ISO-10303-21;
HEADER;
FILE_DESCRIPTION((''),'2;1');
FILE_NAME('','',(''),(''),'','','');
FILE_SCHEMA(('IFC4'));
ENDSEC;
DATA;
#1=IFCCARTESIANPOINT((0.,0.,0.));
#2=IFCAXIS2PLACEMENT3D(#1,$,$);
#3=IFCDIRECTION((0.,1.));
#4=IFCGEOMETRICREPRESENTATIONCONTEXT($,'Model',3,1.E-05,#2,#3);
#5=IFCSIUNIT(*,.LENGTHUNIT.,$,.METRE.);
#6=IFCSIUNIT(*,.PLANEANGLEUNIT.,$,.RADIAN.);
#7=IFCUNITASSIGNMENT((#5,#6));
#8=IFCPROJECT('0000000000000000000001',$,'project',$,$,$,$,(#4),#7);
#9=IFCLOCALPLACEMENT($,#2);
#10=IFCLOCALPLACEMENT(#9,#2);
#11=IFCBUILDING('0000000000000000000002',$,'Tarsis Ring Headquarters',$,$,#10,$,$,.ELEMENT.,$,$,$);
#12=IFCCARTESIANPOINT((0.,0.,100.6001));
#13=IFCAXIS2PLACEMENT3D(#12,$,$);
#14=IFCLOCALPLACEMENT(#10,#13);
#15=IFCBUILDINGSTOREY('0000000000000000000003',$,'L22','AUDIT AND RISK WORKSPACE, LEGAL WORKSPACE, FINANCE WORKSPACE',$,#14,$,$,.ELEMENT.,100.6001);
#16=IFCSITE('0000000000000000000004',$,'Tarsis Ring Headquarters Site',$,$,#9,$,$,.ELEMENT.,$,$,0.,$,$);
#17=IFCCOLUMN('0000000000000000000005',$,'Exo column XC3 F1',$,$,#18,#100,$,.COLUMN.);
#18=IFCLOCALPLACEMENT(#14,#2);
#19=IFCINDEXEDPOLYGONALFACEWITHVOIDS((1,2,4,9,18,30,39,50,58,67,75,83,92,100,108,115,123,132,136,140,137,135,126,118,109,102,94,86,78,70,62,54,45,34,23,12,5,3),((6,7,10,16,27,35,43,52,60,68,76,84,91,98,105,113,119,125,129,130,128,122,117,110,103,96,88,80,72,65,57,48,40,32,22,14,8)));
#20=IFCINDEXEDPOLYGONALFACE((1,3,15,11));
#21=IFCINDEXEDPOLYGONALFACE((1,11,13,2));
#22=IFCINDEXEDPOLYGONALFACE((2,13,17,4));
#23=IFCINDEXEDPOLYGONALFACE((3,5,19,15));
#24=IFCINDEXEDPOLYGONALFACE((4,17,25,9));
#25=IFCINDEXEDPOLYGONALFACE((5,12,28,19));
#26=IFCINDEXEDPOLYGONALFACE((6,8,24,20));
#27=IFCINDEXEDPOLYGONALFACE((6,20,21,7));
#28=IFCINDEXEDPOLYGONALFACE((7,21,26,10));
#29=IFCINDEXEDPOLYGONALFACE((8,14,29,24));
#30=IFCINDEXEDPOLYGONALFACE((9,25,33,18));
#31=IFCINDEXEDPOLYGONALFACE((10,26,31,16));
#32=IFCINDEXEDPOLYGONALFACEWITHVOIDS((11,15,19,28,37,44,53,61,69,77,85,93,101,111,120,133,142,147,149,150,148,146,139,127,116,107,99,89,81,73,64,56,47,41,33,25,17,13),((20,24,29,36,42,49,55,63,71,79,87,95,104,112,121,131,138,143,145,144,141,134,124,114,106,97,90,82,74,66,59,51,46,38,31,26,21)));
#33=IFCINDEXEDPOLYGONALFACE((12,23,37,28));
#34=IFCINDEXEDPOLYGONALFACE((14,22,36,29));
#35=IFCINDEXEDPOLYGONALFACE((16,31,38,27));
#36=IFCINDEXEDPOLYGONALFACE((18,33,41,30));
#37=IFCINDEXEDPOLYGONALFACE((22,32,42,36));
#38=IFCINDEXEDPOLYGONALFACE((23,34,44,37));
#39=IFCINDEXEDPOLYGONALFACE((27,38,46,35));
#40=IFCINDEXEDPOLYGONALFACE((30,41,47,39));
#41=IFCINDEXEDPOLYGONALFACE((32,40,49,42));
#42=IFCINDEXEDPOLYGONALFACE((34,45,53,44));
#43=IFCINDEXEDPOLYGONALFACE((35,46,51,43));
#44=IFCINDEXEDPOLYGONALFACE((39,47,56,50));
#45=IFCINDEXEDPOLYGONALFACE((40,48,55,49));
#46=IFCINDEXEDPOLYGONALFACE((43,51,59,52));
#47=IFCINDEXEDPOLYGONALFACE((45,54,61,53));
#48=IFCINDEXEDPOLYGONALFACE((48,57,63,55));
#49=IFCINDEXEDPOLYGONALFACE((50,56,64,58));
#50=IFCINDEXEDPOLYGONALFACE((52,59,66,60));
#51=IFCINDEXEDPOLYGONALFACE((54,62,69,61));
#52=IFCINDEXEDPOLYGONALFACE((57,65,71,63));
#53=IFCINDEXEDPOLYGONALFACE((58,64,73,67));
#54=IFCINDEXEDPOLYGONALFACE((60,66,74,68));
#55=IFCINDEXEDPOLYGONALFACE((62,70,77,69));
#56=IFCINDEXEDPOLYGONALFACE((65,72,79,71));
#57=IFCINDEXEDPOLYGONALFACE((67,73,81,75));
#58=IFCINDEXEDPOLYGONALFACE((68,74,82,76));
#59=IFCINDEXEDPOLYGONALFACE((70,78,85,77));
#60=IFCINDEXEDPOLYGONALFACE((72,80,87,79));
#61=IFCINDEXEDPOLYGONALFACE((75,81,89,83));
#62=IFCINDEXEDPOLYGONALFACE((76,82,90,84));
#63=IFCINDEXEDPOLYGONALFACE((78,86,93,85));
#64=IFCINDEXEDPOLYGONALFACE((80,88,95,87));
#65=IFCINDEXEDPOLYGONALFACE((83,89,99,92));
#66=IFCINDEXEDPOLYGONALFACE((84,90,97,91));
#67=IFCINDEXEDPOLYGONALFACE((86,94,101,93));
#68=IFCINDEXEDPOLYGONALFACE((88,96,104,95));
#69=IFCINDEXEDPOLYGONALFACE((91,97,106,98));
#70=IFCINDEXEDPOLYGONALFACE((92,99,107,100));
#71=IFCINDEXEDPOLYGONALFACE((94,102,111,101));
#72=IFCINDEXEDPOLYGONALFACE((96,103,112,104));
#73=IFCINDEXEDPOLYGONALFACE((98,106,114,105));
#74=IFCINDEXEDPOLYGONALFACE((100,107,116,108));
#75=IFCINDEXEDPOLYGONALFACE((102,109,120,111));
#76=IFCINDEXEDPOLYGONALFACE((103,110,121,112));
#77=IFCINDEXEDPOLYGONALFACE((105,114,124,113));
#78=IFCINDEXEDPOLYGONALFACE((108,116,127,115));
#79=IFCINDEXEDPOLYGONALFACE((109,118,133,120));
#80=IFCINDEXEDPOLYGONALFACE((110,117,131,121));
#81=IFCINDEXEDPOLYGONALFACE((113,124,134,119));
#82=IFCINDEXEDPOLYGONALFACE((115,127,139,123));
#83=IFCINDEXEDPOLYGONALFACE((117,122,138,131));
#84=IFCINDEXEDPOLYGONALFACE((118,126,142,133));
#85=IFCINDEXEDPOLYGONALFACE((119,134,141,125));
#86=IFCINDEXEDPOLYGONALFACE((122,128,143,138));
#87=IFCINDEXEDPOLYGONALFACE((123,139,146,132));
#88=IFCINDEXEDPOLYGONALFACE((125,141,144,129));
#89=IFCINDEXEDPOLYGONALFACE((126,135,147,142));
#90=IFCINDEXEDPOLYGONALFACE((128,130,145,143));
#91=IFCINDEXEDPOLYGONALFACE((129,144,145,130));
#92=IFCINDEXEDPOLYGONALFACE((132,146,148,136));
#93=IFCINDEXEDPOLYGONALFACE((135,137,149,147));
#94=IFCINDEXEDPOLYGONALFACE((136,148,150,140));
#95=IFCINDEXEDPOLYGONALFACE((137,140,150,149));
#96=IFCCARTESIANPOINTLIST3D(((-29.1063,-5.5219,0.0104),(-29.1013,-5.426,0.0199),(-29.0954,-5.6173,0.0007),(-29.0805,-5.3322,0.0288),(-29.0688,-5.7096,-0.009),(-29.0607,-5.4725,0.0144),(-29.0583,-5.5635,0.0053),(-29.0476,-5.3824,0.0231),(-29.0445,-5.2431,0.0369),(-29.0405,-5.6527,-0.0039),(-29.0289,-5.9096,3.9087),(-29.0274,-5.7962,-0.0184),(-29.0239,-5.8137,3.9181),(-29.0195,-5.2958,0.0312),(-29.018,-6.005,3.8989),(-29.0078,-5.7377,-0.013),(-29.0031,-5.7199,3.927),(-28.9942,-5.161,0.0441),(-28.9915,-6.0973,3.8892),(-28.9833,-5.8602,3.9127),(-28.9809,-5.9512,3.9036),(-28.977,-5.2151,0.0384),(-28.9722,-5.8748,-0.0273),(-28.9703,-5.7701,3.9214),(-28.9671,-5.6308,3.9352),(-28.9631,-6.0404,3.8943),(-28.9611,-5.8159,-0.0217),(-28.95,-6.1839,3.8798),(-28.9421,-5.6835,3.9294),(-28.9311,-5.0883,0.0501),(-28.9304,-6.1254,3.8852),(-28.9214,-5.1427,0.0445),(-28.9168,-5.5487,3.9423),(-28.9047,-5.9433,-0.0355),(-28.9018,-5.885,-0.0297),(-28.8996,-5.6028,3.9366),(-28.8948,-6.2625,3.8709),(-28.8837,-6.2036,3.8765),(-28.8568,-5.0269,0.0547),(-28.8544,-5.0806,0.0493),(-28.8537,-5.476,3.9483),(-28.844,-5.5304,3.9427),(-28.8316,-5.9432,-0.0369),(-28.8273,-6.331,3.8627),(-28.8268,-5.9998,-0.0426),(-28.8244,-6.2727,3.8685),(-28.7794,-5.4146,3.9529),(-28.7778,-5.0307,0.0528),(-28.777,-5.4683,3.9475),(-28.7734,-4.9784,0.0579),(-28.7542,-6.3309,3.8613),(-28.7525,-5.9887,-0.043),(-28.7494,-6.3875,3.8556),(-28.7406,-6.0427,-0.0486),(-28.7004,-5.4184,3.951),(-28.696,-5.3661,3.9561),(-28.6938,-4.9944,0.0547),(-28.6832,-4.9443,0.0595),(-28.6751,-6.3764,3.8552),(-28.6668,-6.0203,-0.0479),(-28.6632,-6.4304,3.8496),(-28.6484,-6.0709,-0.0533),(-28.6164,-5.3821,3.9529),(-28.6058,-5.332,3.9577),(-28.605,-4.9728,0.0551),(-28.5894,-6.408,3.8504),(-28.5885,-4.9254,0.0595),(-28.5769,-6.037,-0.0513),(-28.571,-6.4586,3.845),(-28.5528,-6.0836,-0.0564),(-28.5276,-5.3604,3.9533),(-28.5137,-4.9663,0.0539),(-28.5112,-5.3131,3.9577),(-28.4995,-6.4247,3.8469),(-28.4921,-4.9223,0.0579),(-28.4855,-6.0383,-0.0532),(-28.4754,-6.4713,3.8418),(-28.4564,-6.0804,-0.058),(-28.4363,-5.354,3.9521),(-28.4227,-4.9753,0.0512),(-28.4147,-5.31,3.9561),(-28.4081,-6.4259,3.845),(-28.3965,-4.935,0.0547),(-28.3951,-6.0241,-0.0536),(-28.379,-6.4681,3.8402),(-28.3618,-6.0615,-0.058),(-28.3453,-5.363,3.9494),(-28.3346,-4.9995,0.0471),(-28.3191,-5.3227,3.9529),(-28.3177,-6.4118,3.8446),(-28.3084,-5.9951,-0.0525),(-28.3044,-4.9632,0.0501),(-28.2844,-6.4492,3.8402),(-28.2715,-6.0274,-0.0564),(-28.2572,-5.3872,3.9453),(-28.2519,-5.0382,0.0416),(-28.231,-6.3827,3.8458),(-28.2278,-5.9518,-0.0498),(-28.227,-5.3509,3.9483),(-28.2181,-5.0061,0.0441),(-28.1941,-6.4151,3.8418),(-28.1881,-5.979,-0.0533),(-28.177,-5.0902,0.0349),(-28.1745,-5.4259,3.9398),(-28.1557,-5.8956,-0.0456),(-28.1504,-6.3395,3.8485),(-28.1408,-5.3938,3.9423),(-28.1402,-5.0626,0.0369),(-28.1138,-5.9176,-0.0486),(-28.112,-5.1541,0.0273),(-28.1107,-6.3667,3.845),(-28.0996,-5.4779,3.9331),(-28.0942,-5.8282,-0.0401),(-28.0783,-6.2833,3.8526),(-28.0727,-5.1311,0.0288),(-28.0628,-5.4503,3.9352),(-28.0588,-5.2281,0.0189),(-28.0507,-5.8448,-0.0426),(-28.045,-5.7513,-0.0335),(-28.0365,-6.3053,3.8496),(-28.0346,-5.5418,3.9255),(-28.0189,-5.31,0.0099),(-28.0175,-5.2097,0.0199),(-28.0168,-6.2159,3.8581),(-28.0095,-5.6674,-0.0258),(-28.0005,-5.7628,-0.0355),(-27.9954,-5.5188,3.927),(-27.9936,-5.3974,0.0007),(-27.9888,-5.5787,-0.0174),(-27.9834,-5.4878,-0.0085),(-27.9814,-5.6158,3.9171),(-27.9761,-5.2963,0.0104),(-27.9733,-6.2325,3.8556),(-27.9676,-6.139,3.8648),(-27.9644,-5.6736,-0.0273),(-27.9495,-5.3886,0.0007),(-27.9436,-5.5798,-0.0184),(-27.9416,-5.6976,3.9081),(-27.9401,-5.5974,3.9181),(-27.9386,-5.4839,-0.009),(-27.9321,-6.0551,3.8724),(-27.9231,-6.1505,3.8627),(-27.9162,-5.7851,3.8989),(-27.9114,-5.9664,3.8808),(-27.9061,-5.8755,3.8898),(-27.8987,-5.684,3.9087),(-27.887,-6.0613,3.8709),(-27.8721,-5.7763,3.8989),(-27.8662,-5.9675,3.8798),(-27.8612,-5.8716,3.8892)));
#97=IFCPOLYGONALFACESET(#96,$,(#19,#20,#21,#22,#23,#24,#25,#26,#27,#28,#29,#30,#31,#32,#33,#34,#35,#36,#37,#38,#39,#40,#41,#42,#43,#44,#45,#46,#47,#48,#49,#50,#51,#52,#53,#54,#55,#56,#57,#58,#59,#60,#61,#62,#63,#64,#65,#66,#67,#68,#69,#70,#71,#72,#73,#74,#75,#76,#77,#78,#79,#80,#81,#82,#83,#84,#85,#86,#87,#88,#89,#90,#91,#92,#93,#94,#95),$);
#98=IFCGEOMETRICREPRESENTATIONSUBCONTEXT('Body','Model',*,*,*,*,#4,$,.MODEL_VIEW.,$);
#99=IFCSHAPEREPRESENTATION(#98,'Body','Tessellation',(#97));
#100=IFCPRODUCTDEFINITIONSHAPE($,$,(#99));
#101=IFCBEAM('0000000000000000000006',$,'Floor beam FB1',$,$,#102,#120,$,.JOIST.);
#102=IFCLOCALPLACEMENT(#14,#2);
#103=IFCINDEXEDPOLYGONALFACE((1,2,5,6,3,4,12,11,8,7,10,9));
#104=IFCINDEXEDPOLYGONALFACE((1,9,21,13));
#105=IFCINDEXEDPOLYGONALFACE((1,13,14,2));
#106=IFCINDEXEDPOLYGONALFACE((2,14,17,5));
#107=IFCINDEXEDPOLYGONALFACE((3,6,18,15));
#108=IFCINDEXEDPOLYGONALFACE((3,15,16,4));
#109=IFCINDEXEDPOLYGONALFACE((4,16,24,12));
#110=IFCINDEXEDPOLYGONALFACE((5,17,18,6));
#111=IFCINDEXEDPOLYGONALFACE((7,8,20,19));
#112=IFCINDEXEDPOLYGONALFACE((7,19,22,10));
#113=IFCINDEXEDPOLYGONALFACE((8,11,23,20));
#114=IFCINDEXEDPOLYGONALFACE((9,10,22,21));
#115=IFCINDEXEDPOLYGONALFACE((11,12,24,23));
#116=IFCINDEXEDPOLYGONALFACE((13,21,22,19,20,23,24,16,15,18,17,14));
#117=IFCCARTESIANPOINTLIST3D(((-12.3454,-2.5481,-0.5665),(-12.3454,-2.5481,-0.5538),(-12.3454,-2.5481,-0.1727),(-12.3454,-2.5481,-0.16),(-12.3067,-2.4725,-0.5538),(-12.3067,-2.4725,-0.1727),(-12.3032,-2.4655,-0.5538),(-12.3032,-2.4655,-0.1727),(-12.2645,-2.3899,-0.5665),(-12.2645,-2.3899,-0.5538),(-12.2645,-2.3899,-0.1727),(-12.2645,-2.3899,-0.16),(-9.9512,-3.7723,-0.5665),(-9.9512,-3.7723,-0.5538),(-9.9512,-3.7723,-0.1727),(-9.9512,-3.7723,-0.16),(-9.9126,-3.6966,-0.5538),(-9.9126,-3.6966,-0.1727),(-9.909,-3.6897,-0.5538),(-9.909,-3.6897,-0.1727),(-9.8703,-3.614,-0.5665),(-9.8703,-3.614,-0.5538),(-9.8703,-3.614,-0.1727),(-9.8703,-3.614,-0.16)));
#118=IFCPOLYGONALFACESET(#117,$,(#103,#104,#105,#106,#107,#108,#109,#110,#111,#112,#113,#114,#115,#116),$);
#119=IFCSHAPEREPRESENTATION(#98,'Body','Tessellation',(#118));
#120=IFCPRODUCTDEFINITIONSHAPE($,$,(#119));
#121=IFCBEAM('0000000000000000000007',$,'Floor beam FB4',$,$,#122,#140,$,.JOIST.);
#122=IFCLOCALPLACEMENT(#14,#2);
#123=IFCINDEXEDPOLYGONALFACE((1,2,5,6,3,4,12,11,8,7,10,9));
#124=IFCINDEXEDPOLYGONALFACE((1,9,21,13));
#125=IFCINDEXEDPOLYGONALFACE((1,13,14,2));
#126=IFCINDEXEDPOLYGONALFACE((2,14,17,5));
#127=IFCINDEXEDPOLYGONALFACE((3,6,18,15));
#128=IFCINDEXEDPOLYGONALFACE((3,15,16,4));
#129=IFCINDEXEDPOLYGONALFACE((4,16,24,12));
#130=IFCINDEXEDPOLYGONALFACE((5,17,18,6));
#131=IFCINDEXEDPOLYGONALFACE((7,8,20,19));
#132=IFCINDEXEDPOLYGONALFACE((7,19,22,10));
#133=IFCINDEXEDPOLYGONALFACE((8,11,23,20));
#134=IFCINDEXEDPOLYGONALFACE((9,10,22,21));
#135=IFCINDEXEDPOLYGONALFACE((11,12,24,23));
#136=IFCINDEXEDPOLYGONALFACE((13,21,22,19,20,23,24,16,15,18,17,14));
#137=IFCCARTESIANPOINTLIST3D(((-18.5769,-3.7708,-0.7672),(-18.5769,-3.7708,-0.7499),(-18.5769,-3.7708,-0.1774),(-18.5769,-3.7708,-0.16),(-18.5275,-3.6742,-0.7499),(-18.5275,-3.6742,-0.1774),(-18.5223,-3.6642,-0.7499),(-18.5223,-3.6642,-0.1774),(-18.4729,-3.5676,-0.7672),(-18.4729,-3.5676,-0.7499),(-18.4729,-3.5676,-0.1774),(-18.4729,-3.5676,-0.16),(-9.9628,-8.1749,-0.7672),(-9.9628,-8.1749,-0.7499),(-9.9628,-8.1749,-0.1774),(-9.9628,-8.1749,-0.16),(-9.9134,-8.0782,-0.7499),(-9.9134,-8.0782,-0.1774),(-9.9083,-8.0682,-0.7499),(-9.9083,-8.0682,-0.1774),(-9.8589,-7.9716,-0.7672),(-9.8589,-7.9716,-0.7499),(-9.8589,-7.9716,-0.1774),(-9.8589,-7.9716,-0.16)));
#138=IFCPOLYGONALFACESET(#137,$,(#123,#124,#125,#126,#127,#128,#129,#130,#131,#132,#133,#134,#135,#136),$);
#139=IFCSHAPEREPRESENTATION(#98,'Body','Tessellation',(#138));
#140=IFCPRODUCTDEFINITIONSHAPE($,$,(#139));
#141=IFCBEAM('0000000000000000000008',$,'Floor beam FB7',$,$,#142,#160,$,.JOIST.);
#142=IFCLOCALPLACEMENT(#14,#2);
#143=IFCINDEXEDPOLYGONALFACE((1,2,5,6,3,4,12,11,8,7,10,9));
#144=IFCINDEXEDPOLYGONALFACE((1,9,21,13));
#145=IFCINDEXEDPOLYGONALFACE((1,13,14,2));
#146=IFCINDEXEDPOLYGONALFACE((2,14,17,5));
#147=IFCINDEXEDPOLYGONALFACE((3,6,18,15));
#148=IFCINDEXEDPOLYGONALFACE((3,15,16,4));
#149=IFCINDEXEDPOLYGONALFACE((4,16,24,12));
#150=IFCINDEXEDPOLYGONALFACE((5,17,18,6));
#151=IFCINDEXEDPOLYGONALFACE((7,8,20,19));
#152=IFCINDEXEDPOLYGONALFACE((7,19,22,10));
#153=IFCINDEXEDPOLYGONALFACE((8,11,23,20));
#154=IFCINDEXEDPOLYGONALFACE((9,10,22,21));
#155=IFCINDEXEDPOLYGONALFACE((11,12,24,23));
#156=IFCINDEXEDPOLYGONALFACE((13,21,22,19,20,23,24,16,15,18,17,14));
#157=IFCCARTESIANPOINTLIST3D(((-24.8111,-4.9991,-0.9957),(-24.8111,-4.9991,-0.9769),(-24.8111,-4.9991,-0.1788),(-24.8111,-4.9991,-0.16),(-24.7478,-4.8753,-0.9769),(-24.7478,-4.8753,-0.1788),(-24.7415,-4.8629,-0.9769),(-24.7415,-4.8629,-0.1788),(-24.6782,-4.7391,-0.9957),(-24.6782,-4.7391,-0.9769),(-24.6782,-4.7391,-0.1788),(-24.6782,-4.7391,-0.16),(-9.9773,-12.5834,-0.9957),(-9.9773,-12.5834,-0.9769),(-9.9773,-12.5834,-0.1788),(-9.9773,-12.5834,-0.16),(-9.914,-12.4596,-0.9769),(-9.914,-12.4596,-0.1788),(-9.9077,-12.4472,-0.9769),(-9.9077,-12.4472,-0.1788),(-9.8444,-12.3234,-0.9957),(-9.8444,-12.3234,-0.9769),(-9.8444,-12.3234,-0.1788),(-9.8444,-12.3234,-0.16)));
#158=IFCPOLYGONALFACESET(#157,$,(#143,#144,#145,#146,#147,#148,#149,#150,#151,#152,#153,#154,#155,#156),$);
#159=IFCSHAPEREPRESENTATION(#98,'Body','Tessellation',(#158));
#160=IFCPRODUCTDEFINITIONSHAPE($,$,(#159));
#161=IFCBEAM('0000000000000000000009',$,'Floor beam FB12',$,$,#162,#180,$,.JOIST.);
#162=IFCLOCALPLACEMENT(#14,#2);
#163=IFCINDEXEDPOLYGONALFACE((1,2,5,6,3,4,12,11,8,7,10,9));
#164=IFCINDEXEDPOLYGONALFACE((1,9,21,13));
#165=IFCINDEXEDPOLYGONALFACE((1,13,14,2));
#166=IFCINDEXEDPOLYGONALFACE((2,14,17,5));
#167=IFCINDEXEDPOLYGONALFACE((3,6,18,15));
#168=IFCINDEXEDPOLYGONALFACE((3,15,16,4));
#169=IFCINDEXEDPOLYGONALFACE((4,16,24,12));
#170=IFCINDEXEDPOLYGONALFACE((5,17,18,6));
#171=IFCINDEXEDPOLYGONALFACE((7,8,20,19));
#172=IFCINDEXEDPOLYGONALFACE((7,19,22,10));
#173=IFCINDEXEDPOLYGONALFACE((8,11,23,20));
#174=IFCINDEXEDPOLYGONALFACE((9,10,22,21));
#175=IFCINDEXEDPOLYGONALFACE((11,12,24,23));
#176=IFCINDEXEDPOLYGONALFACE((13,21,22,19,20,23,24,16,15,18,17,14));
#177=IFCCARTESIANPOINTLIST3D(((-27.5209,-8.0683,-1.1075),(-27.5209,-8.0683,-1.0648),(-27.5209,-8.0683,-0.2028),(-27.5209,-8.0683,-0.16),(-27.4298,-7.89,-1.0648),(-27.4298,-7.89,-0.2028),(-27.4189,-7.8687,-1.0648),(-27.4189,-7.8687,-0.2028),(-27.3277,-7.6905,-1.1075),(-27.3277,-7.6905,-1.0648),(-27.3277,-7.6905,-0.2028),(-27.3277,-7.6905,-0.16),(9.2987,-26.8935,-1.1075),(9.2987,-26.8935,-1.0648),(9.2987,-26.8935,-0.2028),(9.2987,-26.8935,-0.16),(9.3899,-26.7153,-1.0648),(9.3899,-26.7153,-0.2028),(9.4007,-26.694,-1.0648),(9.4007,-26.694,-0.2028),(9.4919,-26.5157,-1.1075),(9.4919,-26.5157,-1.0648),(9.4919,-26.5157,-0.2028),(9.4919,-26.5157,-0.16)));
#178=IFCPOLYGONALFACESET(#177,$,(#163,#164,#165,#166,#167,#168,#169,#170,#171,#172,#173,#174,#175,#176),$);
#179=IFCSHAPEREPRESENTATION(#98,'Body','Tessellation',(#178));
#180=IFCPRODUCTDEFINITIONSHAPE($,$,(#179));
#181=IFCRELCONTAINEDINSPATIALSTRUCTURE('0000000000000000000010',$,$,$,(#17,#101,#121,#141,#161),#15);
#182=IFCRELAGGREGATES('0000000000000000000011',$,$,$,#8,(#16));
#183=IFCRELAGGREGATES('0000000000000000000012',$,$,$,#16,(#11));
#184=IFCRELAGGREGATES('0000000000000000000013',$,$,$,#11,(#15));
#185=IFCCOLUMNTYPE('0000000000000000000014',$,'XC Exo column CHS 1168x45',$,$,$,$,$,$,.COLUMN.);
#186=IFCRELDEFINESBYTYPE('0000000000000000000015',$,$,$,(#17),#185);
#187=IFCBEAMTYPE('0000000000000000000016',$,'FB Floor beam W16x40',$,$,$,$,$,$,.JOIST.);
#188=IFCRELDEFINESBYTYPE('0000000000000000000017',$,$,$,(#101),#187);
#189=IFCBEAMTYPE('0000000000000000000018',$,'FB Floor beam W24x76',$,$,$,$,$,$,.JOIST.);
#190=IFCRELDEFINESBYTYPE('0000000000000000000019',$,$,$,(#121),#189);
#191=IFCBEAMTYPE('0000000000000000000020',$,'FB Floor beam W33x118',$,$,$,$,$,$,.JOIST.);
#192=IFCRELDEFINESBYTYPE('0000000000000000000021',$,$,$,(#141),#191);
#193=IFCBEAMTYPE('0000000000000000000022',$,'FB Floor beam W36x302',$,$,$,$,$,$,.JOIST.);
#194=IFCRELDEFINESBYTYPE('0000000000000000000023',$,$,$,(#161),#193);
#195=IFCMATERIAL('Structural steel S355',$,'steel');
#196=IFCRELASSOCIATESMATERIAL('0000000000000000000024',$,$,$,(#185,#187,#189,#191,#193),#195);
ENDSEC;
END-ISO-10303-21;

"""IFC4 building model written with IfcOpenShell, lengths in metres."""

from ifc_helpers import new_model, si_unit, direction, frame, origin, origin_2d, place, context, subcontext, project, spatial, hollow_circle, i_section, extrude, material, material_profile, profile_set, type_object, element, save


model = new_model("IFC4")

# Units and contexts
model_context = context("Model", 3, precision=1e-05, world=origin(), true_north=direction((0.0, 1.0)))
body_context = subcontext(model_context, "Body", "Model", "MODEL_VIEW")
ifc_project = project(units=[si_unit("LENGTHUNIT", "METRE"), si_unit("PLANEANGLEUNIT", "RADIAN")], contexts=[model_context])

# Site, building, storey
site_placement = place(None, origin())
site = spatial("IfcSite", under=ifc_project, at=site_placement, Name="Tarsis Ring Headquarters Site", CompositionType="ELEMENT", RefElevation=0.0)
building_placement = place(site_placement, origin())
building = spatial("IfcBuilding", under=site, at=building_placement, Name="Tarsis Ring Headquarters", CompositionType="ELEMENT")
storey_placement = place(building_placement, frame((0.0, 0.0, 100.6001)))
storey = spatial("IfcBuildingStorey", under=building, at=storey_placement, Name="L22", Description="AUDIT AND RISK WORKSPACE, LEGAL WORKSPACE, FINANCE WORKSPACE", CompositionType="ELEMENT", Elevation=100.6001)

# Column
ifc_material_1 = material(Name="Structural steel S355", Category="steel")
ifc_material_profile_1 = material_profile(ifc_material_1, hollow_circle(Radius=0.5842, WallThickness=0.0449, at=origin_2d()), Name="CHS 1168x45")
ifc_profile_set_1 = profile_set([ifc_material_profile_1], Name="Structural steel S355")
column_type = type_object("IfcColumnType", Name="XC Exo column CHS 1168x45", PredefinedType="COLUMN", material=ifc_profile_set_1)
column_placement = place(storey_placement, frame((-28.5225, -5.5029, 0.0007), z_axis=(0.019752, -0.098948, 0.994897), x_axis=(0.980652, 0.19576, 0.0)))
element("IfcColumn", 1, at=column_placement, inside=storey, type_object=column_type, Name="Exo column XC3 F1", PredefinedType="COLUMN", context=body_context, shape_type="SweptSolid", body=[
    extrude(hollow_circle(Radius=0.5842, WallThickness=0.0449, at=origin_2d()), origin(), (0.0, 0.0, 1.0), 3.9182),
])

# Beams
ifc_material_profile_2 = material_profile(ifc_material_1, i_section(OverallWidth=0.1777, OverallDepth=0.4065, WebThickness=0.0078, FlangeThickness=0.0127, at=origin_2d()), Name="W16x40")
ifc_profile_set_2 = profile_set([ifc_material_profile_2], Name="Structural steel S355")
beam_type_1 = type_object("IfcBeamType", Name="FB Floor beam W16x40", PredefinedType="JOIST", material=ifc_profile_set_2)
beam_1_placement = place(storey_placement, frame((-12.3049, -2.469, -0.3633), z_axis=(0.890359, -0.455258, 0.0), x_axis=(0.455258, 0.890359, 0.0)))
element("IfcBeam", 2, at=beam_1_placement, inside=storey, type_object=beam_type_1, Name="Floor beam FB1", PredefinedType="JOIST", context=body_context, shape_type="SweptSolid", body=[
    extrude(i_section(OverallWidth=0.1777, OverallDepth=0.4065, WebThickness=0.0078, FlangeThickness=0.0127, at=origin_2d()), origin(), (0.0, 0.0, 1.0), 2.689),
])
ifc_material_profile_3 = material_profile(ifc_material_1, i_section(OverallWidth=0.2283, OverallDepth=0.6072, WebThickness=0.0112, FlangeThickness=0.0173, at=origin_2d()), Name="W24x76")
ifc_profile_set_3 = profile_set([ifc_material_profile_3], Name="Structural steel S355")
beam_type_2 = type_object("IfcBeamType", Name="FB Floor beam W24x76", PredefinedType="JOIST", material=ifc_profile_set_3)
beam_2_placement = place(storey_placement, frame((-18.5249, -3.6692, -0.4636), z_axis=(0.890379, -0.45522, 0.0), x_axis=(0.45522, 0.890379, 0.0)))
element("IfcBeam", 3, at=beam_2_placement, inside=storey, type_object=beam_type_2, Name="Floor beam FB4", PredefinedType="JOIST", context=body_context, shape_type="SweptSolid", body=[
    extrude(i_section(OverallWidth=0.2283, OverallDepth=0.6072, WebThickness=0.0112, FlangeThickness=0.0173, at=origin_2d()), origin(), (0.0, 0.0, 1.0), 9.6746),
])
ifc_material_profile_4 = material_profile(ifc_material_1, i_section(OverallWidth=0.292, OverallDepth=0.8357, WebThickness=0.0139, FlangeThickness=0.0188, at=origin_2d()), Name="W33x118")
ifc_profile_set_4 = profile_set([ifc_material_profile_4], Name="Structural steel S355")
beam_type_3 = type_object("IfcBeamType", Name="FB Floor beam W33x118", PredefinedType="JOIST", material=ifc_profile_set_4)
beam_3_placement = place(storey_placement, frame((-24.7446, -4.8691, -0.5779), z_axis=(0.890373, -0.455232, 0.0), x_axis=(0.455232, 0.890373, 0.0)))
element("IfcBeam", 4, at=beam_3_placement, inside=storey, type_object=beam_type_3, Name="Floor beam FB7", PredefinedType="JOIST", context=body_context, shape_type="SweptSolid", body=[
    extrude(i_section(OverallWidth=0.292, OverallDepth=0.8357, WebThickness=0.0139, FlangeThickness=0.0188, at=origin_2d()), origin(), (0.0, 0.0, 1.0), 16.6602),
])
ifc_material_profile_5 = material_profile(ifc_material_1, i_section(OverallWidth=0.4243, OverallDepth=0.9475, WebThickness=0.0239, FlangeThickness=0.0427, at=origin_2d()), Name="W36x302")
ifc_profile_set_5 = profile_set([ifc_material_profile_5], Name="Structural steel S355")
beam_type_4 = type_object("IfcBeamType", Name="FB Floor beam W36x302", PredefinedType="JOIST", material=ifc_profile_set_5)
beam_4_placement = place(storey_placement, frame((-27.4243, -7.8794, -0.6338), z_axis=(0.890373, -0.455232, 0.0), x_axis=(0.455232, 0.890373, 0.0)))
element("IfcBeam", 5, at=beam_4_placement, inside=storey, type_object=beam_type_4, Name="Floor beam FB12", PredefinedType="JOIST", context=body_context, shape_type="SweptSolid", body=[
    extrude(i_section(OverallWidth=0.4243, OverallDepth=0.9475, WebThickness=0.0239, FlangeThickness=0.0427, at=origin_2d()), origin(), (0.0, 0.0, 1.0), 41.353),
])

save(model, "model.ifc")
